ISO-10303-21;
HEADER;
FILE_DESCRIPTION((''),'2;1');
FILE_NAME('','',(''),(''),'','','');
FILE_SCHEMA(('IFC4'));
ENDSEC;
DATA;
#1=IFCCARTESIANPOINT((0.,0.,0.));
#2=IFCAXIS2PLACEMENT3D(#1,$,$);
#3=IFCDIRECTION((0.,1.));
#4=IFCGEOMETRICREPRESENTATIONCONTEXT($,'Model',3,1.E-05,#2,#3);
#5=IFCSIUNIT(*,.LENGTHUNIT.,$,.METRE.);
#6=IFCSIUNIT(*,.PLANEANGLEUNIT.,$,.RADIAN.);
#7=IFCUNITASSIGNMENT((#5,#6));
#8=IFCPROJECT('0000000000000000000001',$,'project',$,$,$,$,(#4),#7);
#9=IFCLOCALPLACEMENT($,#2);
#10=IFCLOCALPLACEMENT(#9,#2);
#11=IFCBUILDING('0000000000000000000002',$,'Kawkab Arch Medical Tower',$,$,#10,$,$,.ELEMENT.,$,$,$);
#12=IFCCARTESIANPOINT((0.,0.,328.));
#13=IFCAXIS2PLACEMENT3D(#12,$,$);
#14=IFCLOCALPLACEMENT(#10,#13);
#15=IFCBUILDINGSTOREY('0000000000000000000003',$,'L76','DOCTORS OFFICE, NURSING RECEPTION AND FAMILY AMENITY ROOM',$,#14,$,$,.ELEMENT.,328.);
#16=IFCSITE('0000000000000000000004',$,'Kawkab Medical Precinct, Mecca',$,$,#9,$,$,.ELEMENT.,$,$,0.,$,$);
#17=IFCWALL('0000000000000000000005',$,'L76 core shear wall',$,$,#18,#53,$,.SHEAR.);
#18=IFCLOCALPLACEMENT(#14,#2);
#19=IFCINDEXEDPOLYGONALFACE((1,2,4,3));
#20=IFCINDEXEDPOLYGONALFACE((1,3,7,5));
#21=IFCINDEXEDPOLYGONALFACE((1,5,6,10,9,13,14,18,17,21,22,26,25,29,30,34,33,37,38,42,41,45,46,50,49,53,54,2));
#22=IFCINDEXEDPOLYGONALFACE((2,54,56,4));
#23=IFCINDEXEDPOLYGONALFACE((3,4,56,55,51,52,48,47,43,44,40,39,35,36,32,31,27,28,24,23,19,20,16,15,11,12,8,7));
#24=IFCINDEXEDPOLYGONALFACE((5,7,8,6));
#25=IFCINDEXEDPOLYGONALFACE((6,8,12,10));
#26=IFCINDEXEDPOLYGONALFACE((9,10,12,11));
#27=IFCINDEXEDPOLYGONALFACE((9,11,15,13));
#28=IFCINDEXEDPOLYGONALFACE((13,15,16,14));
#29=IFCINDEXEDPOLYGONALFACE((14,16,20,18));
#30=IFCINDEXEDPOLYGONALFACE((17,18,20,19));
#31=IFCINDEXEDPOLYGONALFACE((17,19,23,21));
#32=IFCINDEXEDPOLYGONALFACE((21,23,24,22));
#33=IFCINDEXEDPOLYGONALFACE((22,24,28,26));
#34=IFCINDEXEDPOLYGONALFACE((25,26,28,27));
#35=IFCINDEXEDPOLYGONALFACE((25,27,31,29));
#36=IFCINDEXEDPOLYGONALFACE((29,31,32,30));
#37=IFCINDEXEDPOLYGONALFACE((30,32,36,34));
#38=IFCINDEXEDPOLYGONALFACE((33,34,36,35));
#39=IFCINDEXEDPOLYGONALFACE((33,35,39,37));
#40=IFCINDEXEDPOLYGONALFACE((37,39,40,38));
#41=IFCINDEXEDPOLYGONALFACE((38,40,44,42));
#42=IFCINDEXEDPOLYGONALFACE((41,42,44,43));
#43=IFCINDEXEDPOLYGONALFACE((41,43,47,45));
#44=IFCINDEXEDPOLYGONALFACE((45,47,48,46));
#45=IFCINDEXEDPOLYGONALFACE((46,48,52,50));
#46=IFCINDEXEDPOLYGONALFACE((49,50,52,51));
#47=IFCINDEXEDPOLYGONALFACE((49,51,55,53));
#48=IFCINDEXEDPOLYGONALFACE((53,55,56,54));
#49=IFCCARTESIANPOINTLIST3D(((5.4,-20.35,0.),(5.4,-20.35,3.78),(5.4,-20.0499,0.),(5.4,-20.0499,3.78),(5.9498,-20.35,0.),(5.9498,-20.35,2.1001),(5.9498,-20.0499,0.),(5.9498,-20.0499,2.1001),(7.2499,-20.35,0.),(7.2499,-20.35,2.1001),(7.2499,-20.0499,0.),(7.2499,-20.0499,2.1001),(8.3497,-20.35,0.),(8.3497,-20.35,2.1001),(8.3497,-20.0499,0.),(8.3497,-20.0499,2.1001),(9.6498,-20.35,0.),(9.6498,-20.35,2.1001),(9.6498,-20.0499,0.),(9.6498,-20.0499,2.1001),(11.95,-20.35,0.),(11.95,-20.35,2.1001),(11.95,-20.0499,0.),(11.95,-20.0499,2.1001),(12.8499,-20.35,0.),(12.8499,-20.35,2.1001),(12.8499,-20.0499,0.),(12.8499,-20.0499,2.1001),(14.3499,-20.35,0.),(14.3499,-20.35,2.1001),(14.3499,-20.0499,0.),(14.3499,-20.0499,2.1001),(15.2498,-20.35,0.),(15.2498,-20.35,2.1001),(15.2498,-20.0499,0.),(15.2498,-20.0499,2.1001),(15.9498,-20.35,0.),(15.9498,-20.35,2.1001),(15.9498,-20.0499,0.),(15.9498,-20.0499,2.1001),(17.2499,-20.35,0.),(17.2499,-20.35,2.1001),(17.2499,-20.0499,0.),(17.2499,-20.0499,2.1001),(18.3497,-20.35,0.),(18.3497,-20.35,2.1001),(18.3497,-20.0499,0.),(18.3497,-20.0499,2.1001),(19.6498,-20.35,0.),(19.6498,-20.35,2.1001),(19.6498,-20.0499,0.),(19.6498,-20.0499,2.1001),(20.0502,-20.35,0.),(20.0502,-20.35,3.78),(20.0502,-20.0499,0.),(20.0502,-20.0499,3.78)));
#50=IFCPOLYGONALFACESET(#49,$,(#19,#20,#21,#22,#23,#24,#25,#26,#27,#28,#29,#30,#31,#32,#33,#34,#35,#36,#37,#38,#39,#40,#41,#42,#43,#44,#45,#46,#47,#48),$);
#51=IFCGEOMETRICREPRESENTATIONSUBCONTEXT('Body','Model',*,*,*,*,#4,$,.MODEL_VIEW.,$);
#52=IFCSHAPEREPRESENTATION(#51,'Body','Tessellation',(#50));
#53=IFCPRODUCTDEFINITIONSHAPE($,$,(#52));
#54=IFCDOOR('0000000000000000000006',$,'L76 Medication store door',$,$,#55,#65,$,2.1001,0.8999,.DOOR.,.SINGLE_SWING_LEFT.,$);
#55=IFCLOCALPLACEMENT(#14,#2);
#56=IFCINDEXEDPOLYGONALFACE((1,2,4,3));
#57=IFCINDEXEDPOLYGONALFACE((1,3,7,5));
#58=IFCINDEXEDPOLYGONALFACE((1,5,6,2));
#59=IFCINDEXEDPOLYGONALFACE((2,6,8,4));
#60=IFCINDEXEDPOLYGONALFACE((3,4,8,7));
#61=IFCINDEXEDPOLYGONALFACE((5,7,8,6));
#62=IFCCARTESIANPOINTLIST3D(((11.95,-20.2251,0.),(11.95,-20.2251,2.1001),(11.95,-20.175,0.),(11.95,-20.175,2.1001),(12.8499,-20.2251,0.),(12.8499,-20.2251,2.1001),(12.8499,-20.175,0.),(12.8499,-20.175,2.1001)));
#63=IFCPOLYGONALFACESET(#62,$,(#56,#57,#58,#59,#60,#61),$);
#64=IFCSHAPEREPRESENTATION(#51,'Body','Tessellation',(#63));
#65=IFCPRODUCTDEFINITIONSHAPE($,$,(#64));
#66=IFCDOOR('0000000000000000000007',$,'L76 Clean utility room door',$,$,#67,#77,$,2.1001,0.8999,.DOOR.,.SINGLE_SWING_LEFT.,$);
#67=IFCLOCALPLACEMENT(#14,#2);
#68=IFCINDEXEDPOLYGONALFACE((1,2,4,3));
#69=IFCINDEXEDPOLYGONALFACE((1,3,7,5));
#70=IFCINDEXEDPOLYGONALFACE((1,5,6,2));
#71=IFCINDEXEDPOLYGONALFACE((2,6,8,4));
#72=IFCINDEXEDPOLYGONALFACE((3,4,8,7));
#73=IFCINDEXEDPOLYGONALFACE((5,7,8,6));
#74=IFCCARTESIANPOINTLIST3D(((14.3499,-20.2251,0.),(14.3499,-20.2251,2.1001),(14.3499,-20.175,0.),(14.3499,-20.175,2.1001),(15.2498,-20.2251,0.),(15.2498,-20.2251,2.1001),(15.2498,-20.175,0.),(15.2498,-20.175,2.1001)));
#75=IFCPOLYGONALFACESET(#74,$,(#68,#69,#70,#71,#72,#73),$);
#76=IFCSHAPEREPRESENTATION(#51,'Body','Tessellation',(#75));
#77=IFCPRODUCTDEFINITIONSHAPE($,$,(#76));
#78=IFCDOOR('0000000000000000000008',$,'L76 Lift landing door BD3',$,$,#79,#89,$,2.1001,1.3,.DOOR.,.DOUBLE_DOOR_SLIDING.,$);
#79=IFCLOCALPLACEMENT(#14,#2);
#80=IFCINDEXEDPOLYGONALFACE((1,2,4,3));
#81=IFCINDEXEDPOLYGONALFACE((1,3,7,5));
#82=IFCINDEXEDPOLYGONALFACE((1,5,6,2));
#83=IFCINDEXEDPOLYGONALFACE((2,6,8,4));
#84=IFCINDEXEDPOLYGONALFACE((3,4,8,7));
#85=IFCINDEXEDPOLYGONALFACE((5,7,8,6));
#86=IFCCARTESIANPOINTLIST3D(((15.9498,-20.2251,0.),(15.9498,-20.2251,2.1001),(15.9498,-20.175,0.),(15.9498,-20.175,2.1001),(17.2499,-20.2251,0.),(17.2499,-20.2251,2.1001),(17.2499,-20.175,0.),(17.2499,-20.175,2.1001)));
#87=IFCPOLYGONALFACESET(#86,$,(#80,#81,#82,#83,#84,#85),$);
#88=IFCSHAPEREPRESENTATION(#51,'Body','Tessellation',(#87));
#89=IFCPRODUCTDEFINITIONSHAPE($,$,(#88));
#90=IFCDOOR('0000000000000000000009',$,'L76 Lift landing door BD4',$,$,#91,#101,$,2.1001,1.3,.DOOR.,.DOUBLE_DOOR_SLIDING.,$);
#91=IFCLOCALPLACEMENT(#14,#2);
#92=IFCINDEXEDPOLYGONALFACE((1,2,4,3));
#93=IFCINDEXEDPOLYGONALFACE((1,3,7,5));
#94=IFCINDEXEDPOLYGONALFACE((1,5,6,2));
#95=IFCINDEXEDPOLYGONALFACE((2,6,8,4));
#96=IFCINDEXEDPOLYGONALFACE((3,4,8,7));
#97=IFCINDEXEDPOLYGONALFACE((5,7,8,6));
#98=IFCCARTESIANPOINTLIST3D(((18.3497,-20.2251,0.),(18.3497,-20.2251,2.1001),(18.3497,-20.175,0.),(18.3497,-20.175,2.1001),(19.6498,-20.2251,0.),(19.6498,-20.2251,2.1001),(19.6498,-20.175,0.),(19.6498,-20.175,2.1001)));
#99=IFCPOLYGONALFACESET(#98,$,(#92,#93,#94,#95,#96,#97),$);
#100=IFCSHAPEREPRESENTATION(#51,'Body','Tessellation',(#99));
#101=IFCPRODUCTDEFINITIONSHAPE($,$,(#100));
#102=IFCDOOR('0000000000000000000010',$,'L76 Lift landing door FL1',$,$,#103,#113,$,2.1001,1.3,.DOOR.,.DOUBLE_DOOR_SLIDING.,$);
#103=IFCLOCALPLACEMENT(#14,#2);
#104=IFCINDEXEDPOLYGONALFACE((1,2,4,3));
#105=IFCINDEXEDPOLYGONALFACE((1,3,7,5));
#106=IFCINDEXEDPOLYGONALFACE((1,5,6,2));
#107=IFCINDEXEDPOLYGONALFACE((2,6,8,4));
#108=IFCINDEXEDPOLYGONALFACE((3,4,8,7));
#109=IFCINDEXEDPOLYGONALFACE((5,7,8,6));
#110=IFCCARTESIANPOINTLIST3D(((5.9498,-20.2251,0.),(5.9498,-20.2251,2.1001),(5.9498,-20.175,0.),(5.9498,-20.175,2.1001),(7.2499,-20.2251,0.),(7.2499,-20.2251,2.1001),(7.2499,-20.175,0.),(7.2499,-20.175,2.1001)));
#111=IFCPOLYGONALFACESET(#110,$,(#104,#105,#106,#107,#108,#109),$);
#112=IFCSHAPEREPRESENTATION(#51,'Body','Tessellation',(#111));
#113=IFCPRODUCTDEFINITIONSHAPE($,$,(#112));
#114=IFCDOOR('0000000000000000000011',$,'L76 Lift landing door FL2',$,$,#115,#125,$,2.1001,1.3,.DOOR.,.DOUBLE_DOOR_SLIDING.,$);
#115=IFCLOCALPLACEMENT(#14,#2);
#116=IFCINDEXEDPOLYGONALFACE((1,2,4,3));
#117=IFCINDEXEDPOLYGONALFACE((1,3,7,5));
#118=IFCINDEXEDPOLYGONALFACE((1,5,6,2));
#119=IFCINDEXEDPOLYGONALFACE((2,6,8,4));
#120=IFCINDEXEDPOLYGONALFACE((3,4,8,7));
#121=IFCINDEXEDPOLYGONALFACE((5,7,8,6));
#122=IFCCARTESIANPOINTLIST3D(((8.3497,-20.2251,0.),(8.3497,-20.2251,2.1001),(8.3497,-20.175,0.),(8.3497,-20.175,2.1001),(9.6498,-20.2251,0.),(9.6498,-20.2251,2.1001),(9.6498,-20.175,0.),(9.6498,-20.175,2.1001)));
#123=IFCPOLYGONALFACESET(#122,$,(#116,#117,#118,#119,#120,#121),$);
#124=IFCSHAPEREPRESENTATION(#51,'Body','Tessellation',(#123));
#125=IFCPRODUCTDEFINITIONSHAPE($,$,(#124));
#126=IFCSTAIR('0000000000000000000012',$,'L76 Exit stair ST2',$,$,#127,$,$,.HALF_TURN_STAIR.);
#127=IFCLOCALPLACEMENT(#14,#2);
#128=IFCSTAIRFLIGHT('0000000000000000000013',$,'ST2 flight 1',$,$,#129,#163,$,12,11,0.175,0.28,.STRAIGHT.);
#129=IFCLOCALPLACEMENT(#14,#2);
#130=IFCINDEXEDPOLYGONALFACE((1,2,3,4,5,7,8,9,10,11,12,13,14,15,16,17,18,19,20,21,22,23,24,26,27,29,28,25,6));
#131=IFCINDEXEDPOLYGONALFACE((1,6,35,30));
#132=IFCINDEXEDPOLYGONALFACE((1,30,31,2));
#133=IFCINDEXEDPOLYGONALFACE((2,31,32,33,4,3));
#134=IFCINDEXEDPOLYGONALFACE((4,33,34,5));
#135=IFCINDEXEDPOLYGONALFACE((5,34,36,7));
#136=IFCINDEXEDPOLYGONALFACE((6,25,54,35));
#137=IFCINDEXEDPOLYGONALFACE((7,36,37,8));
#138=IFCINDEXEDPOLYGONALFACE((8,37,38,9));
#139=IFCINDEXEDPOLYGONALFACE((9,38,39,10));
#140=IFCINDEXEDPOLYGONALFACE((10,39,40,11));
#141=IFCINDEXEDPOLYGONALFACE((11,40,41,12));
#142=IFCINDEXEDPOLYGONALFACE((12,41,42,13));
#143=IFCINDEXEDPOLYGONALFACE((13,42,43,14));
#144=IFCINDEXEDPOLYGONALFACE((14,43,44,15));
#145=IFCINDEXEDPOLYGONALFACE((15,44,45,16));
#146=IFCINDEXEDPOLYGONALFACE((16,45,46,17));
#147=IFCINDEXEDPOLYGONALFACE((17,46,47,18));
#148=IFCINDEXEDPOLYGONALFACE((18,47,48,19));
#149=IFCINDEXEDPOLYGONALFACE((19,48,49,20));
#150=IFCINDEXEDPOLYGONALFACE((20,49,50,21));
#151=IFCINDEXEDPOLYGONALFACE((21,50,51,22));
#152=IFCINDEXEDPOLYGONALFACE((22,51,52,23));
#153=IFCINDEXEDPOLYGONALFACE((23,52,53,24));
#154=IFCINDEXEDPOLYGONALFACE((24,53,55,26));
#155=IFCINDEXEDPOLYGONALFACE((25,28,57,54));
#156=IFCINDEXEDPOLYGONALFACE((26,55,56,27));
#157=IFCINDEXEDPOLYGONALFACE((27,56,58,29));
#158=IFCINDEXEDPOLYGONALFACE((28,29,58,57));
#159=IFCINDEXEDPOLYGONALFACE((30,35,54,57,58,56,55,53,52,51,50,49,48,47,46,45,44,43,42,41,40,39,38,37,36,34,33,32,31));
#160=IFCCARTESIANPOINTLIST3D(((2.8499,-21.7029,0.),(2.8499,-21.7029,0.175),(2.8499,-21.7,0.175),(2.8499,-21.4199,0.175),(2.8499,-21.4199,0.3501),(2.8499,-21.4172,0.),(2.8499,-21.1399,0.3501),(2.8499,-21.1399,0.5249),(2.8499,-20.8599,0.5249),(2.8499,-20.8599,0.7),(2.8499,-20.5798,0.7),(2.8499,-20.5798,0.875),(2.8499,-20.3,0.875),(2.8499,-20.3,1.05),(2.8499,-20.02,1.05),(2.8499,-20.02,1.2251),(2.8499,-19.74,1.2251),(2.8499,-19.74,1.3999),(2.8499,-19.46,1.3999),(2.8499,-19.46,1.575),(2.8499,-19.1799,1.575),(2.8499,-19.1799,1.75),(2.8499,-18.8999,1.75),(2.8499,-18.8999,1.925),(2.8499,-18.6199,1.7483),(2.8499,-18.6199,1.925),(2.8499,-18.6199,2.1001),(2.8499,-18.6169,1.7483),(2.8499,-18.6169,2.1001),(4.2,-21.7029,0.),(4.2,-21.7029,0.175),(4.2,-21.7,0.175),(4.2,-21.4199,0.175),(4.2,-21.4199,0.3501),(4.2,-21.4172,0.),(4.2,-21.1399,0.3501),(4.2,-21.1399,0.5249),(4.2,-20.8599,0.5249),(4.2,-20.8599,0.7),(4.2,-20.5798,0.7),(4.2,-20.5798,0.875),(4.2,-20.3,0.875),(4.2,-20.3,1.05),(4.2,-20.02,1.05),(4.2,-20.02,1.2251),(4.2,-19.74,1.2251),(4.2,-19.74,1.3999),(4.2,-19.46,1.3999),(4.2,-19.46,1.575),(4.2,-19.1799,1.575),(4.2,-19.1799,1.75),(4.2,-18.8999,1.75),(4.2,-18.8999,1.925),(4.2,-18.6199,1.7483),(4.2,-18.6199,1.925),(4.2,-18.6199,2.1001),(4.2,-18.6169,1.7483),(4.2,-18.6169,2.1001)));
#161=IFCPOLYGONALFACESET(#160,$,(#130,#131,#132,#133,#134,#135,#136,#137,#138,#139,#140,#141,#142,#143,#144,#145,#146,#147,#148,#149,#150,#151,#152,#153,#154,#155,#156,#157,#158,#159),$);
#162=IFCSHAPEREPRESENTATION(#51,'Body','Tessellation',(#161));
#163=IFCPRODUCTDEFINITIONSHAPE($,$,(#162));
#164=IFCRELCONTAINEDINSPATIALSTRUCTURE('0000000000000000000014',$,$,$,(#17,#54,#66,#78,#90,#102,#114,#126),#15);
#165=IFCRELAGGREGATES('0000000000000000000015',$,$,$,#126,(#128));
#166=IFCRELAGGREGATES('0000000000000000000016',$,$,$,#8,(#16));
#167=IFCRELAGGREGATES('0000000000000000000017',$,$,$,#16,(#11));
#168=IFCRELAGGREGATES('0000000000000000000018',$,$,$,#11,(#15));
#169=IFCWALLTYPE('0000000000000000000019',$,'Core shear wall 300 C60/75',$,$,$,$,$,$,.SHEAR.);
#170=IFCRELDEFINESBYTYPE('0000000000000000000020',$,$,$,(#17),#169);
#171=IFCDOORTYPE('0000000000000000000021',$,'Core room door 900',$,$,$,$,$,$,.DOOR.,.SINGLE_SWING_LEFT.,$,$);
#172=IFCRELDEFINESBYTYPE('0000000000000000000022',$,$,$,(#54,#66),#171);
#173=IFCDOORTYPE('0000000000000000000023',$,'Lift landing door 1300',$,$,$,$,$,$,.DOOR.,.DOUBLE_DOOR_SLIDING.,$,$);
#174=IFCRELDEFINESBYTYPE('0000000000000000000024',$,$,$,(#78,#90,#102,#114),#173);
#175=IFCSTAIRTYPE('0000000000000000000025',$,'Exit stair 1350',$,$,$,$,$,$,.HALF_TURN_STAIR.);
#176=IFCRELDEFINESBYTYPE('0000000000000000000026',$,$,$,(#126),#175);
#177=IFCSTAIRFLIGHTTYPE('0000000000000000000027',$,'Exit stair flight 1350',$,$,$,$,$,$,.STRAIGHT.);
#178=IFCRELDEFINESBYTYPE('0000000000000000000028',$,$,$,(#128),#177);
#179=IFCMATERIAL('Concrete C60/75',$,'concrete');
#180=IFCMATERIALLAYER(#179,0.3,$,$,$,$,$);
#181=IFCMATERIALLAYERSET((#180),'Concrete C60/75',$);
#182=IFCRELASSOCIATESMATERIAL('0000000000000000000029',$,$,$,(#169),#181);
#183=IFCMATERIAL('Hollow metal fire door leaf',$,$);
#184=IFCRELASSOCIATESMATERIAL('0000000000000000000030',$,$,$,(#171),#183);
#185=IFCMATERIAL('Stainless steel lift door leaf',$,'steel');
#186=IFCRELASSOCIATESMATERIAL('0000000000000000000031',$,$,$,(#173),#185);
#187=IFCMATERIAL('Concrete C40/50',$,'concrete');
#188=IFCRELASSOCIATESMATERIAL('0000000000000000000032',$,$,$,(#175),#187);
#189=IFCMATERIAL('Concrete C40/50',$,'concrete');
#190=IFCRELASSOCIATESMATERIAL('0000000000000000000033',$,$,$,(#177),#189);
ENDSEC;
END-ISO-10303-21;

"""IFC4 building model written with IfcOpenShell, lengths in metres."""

from ifc_helpers import new_model, si_unit, direction, frame, frame_2d, origin, place, context, subcontext, project, spatial, polyline, rectangle, outline, extrude, material, layer, layer_set, type_object, element, fill, aggregate, save


model = new_model("IFC4")

# Units and contexts
model_context = context("Model", 3, precision=1e-05, world=origin(), true_north=direction((0.0, 1.0)))
body_context = subcontext(model_context, "Body", "Model", "MODEL_VIEW")
ifc_project = project(units=[si_unit("LENGTHUNIT", "METRE"), si_unit("PLANEANGLEUNIT", "RADIAN")], contexts=[model_context])

# Site, building, storey
site_placement = place(None, origin())
site = spatial("IfcSite", under=ifc_project, at=site_placement, Name="Kawkab Medical Precinct, Mecca", CompositionType="ELEMENT", RefElevation=0.0)
building_placement = place(site_placement, origin())
building = spatial("IfcBuilding", under=site, at=building_placement, Name="Kawkab Arch Medical Tower", CompositionType="ELEMENT")
storey_placement = place(building_placement, frame((0.0, 0.0, 328.0)))
storey = spatial("IfcBuildingStorey", under=building, at=storey_placement, Name="L76", Description="DOCTORS OFFICE, NURSING RECEPTION AND FAMILY AMENITY ROOM", CompositionType="ELEMENT", Elevation=328.0)

# Wall, openings, doors
ifc_material_1 = material(Name="Concrete C60/75", Category="concrete")
ifc_layer_1 = layer(ifc_material_1, 0.3)
ifc_layer_set_1 = layer_set([ifc_layer_1], Name="Concrete C60/75")
wall_type_1 = type_object("IfcWallType", Name="Core shear wall 300 C60/75", PredefinedType="SHEAR", material=ifc_layer_set_1)
wall_1_placement = place(storey_placement, frame((5.3999, -20.2, 0.0), z_axis=(0.0, 0.0, 1.0), x_axis=(1.0, 0.0, 0.0)))
wall_1 = element("IfcWall", 1, at=wall_1_placement, inside=storey, type_object=wall_type_1, Name="L76 core shear wall", PredefinedType="SHEAR", context=body_context, shape_type="SweptSolid", body=[
    extrude(rectangle(XDim=14.6501, YDim=0.3, at=frame_2d((7.3252, 0.0))), origin(), (0.0, 0.0, 1.0), 3.78),
])
opening_1_placement = place(wall_1_placement, frame((10.55, 0.0, 0.0)))
opening_1 = element("IfcOpeningElement", 2, at=opening_1_placement, cuts=wall_1, PredefinedType="OPENING", context=body_context, shape_type="SweptSolid", body=[
    extrude(rectangle(XDim=1.3, YDim=2.1001, at=frame_2d((0.6499, 1.05))), frame((0.0, 0.1599, 0.0), z_axis=(0.0, -1.0, 0.0), x_axis=(1.0, 0.0, 0.0)), (0.0, 0.0, 1.0), 0.3201),
])
opening_2_placement = place(wall_1_placement, frame((12.95, 0.0, 0.0)))
opening_2 = element("IfcOpeningElement", 3, at=opening_2_placement, cuts=wall_1, PredefinedType="OPENING", context=body_context, shape_type="SweptSolid", body=[
    extrude(rectangle(XDim=1.3, YDim=2.1001, at=frame_2d((0.6499, 1.05))), frame((0.0, 0.1599, 0.0), z_axis=(0.0, -1.0, 0.0), x_axis=(1.0, 0.0, 0.0)), (0.0, 0.0, 1.0), 0.3201),
])
opening_3_placement = place(wall_1_placement, frame((0.55, 0.0, 0.0)))
opening_3 = element("IfcOpeningElement", 4, at=opening_3_placement, cuts=wall_1, PredefinedType="OPENING", context=body_context, shape_type="SweptSolid", body=[
    extrude(rectangle(XDim=1.3, YDim=2.1001, at=frame_2d((0.6499, 1.05))), frame((0.0, 0.1599, 0.0), z_axis=(0.0, -1.0, 0.0), x_axis=(1.0, 0.0, 0.0)), (0.0, 0.0, 1.0), 0.3201),
])
opening_4_placement = place(wall_1_placement, frame((2.95, 0.0, 0.0)))
opening_4 = element("IfcOpeningElement", 5, at=opening_4_placement, cuts=wall_1, PredefinedType="OPENING", context=body_context, shape_type="SweptSolid", body=[
    extrude(rectangle(XDim=1.3, YDim=2.1001, at=frame_2d((0.6499, 1.05))), frame((0.0, 0.1599, 0.0), z_axis=(0.0, -1.0, 0.0), x_axis=(1.0, 0.0, 0.0)), (0.0, 0.0, 1.0), 0.3201),
])
opening_5_placement = place(wall_1_placement, frame((6.55, 0.0, 0.0)))
opening_5 = element("IfcOpeningElement", 6, at=opening_5_placement, cuts=wall_1, PredefinedType="OPENING", context=body_context, shape_type="SweptSolid", body=[
    extrude(rectangle(XDim=0.8999, YDim=2.1001, at=frame_2d((0.45, 1.05))), frame((0.0, 0.1599, 0.0), z_axis=(0.0, -1.0, 0.0), x_axis=(1.0, 0.0, 0.0)), (0.0, 0.0, 1.0), 0.3201),
])
opening_6_placement = place(wall_1_placement, frame((8.95, 0.0, 0.0)))
opening_6 = element("IfcOpeningElement", 7, at=opening_6_placement, cuts=wall_1, PredefinedType="OPENING", context=body_context, shape_type="SweptSolid", body=[
    extrude(rectangle(XDim=0.8999, YDim=2.1001, at=frame_2d((0.45, 1.05))), frame((0.0, 0.1599, 0.0), z_axis=(0.0, -1.0, 0.0), x_axis=(1.0, 0.0, 0.0)), (0.0, 0.0, 1.0), 0.3201),
])
ifc_material_2 = material(Name="Hollow metal fire door leaf")
door_type_1 = type_object("IfcDoorType", Name="Core room door 900", OperationType="SINGLE_SWING_LEFT", PredefinedType="DOOR", material=ifc_material_2)
door_1_placement = place(opening_5_placement, origin())
door_1 = element("IfcDoor", 8, at=door_1_placement, inside=storey, type_object=door_type_1, Name="L76 Medication store door", OperationType="SINGLE_SWING_LEFT", OverallHeight=2.1001, OverallWidth=0.8999, PredefinedType="DOOR", context=body_context, shape_type="SweptSolid", body=[
    extrude(rectangle(XDim=0.8999, YDim=2.1001, at=frame_2d((0.45, 1.05))), frame((0.0, 0.0249, 0.0), z_axis=(0.0, -1.0, 0.0), x_axis=(1.0, 0.0, 0.0)), (0.0, 0.0, 1.0), 0.05),
])
fill(opening_5, door_1)
door_2_placement = place(opening_6_placement, origin())
door_2 = element("IfcDoor", 9, at=door_2_placement, inside=storey, type_object=door_type_1, Name="L76 Clean utility room door", OperationType="SINGLE_SWING_LEFT", OverallHeight=2.1001, OverallWidth=0.8999, PredefinedType="DOOR", context=body_context, shape_type="SweptSolid", body=[
    extrude(rectangle(XDim=0.8999, YDim=2.1001, at=frame_2d((0.45, 1.05))), frame((0.0, 0.0249, 0.0), z_axis=(0.0, -1.0, 0.0), x_axis=(1.0, 0.0, 0.0)), (0.0, 0.0, 1.0), 0.05),
])
fill(opening_6, door_2)
ifc_material_3 = material(Name="Stainless steel lift door leaf", Category="steel")
door_type_2 = type_object("IfcDoorType", Name="Lift landing door 1300", OperationType="DOUBLE_DOOR_SLIDING", PredefinedType="DOOR", material=ifc_material_3)
door_3_placement = place(opening_1_placement, origin())
door_3 = element("IfcDoor", 10, at=door_3_placement, inside=storey, type_object=door_type_2, Name="L76 Lift landing door BD3", OperationType="DOUBLE_DOOR_SLIDING", OverallHeight=2.1001, OverallWidth=1.3, PredefinedType="DOOR", context=body_context, shape_type="SweptSolid", body=[
    extrude(rectangle(XDim=1.3, YDim=2.1001, at=frame_2d((0.6499, 1.05))), frame((0.0, 0.0249, 0.0), z_axis=(0.0, -1.0, 0.0), x_axis=(1.0, 0.0, 0.0)), (0.0, 0.0, 1.0), 0.05),
])
fill(opening_1, door_3)
door_4_placement = place(opening_2_placement, origin())
door_4 = element("IfcDoor", 11, at=door_4_placement, inside=storey, type_object=door_type_2, Name="L76 Lift landing door BD4", OperationType="DOUBLE_DOOR_SLIDING", OverallHeight=2.1001, OverallWidth=1.3, PredefinedType="DOOR", context=body_context, shape_type="SweptSolid", body=[
    extrude(rectangle(XDim=1.3, YDim=2.1001, at=frame_2d((0.6499, 1.05))), frame((0.0, 0.0249, 0.0), z_axis=(0.0, -1.0, 0.0), x_axis=(1.0, 0.0, 0.0)), (0.0, 0.0, 1.0), 0.05),
])
fill(opening_2, door_4)
door_5_placement = place(opening_3_placement, origin())
door_5 = element("IfcDoor", 12, at=door_5_placement, inside=storey, type_object=door_type_2, Name="L76 Lift landing door FL1", OperationType="DOUBLE_DOOR_SLIDING", OverallHeight=2.1001, OverallWidth=1.3, PredefinedType="DOOR", context=body_context, shape_type="SweptSolid", body=[
    extrude(rectangle(XDim=1.3, YDim=2.1001, at=frame_2d((0.6499, 1.05))), frame((0.0, 0.0249, 0.0), z_axis=(0.0, -1.0, 0.0), x_axis=(1.0, 0.0, 0.0)), (0.0, 0.0, 1.0), 0.05),
])
fill(opening_3, door_5)
door_6_placement = place(opening_4_placement, origin())
door_6 = element("IfcDoor", 13, at=door_6_placement, inside=storey, type_object=door_type_2, Name="L76 Lift landing door FL2", OperationType="DOUBLE_DOOR_SLIDING", OverallHeight=2.1001, OverallWidth=1.3, PredefinedType="DOOR", context=body_context, shape_type="SweptSolid", body=[
    extrude(rectangle(XDim=1.3, YDim=2.1001, at=frame_2d((0.6499, 1.05))), frame((0.0, 0.0249, 0.0), z_axis=(0.0, -1.0, 0.0), x_axis=(1.0, 0.0, 0.0)), (0.0, 0.0, 1.0), 0.05),
])
fill(opening_4, door_6)

# Stair, stair flight
ifc_material_4 = material(Name="Concrete C40/50", Category="concrete")
stair_type = type_object("IfcStairType", Name="Exit stair 1350", PredefinedType="HALF_TURN_STAIR", material=ifc_material_4)
stair_placement = place(storey_placement, origin())
stair = element("IfcStair", 14, at=stair_placement, inside=storey, type_object=stair_type, Name="L76 Exit stair ST2", PredefinedType="HALF_TURN_STAIR")
ifc_material_5 = material(Name="Concrete C40/50", Category="concrete")
stair_flight_type = type_object("IfcStairFlightType", Name="Exit stair flight 1350", PredefinedType="STRAIGHT", material=ifc_material_5)
stair_flight_1_placement = place(storey_placement, frame((3.5249, -21.7, 0.0), z_axis=(0.0, 0.0, 1.0), x_axis=(0.0, 1.0, 0.0)))
stair_flight_1 = element("IfcStairFlight", 15, at=stair_flight_1_placement, type_object=stair_flight_type, Name="ST2 flight 1", NumberOfRisers=12, NumberOfTreads=11, PredefinedType="STRAIGHT", RiserHeight=0.175, TreadLength=0.28, context=body_context, shape_type="SweptSolid", body=[
    extrude(outline(polyline([(-0.0029, 0.0), (-0.0029, 0.175), (0.0, 0.175), (0.28, 0.175), (0.28, 0.3501), (0.5601, 0.3501), (0.5601, 0.5249), (0.8401, 0.5249), (0.8401, 0.7), (1.1201, 0.7), (1.1201, 0.875), (1.3999, 0.875), (1.3999, 1.05), (1.6799, 1.05), (1.6799, 1.2251), (1.96, 1.2251), (1.96, 1.3999), (2.24, 1.3999), (2.24, 1.575), (2.52, 1.575), (2.52, 1.75), (2.8, 1.75), (2.8, 1.925), (3.0801, 1.925), (3.0801, 2.1001), (3.083, 2.1001), (3.083, 1.7483), (3.0801, 1.7483), (0.2827, 0.0), (-0.0029, 0.0)])), frame((0.0, 0.675, 0.0), z_axis=(0.0, -1.0, 0.0), x_axis=(1.0, 0.0, 0.0)), (0.0, 0.0, 1.0), 1.3501),
])
aggregate(stair, [stair_flight_1])

save(model, "model.ifc")
